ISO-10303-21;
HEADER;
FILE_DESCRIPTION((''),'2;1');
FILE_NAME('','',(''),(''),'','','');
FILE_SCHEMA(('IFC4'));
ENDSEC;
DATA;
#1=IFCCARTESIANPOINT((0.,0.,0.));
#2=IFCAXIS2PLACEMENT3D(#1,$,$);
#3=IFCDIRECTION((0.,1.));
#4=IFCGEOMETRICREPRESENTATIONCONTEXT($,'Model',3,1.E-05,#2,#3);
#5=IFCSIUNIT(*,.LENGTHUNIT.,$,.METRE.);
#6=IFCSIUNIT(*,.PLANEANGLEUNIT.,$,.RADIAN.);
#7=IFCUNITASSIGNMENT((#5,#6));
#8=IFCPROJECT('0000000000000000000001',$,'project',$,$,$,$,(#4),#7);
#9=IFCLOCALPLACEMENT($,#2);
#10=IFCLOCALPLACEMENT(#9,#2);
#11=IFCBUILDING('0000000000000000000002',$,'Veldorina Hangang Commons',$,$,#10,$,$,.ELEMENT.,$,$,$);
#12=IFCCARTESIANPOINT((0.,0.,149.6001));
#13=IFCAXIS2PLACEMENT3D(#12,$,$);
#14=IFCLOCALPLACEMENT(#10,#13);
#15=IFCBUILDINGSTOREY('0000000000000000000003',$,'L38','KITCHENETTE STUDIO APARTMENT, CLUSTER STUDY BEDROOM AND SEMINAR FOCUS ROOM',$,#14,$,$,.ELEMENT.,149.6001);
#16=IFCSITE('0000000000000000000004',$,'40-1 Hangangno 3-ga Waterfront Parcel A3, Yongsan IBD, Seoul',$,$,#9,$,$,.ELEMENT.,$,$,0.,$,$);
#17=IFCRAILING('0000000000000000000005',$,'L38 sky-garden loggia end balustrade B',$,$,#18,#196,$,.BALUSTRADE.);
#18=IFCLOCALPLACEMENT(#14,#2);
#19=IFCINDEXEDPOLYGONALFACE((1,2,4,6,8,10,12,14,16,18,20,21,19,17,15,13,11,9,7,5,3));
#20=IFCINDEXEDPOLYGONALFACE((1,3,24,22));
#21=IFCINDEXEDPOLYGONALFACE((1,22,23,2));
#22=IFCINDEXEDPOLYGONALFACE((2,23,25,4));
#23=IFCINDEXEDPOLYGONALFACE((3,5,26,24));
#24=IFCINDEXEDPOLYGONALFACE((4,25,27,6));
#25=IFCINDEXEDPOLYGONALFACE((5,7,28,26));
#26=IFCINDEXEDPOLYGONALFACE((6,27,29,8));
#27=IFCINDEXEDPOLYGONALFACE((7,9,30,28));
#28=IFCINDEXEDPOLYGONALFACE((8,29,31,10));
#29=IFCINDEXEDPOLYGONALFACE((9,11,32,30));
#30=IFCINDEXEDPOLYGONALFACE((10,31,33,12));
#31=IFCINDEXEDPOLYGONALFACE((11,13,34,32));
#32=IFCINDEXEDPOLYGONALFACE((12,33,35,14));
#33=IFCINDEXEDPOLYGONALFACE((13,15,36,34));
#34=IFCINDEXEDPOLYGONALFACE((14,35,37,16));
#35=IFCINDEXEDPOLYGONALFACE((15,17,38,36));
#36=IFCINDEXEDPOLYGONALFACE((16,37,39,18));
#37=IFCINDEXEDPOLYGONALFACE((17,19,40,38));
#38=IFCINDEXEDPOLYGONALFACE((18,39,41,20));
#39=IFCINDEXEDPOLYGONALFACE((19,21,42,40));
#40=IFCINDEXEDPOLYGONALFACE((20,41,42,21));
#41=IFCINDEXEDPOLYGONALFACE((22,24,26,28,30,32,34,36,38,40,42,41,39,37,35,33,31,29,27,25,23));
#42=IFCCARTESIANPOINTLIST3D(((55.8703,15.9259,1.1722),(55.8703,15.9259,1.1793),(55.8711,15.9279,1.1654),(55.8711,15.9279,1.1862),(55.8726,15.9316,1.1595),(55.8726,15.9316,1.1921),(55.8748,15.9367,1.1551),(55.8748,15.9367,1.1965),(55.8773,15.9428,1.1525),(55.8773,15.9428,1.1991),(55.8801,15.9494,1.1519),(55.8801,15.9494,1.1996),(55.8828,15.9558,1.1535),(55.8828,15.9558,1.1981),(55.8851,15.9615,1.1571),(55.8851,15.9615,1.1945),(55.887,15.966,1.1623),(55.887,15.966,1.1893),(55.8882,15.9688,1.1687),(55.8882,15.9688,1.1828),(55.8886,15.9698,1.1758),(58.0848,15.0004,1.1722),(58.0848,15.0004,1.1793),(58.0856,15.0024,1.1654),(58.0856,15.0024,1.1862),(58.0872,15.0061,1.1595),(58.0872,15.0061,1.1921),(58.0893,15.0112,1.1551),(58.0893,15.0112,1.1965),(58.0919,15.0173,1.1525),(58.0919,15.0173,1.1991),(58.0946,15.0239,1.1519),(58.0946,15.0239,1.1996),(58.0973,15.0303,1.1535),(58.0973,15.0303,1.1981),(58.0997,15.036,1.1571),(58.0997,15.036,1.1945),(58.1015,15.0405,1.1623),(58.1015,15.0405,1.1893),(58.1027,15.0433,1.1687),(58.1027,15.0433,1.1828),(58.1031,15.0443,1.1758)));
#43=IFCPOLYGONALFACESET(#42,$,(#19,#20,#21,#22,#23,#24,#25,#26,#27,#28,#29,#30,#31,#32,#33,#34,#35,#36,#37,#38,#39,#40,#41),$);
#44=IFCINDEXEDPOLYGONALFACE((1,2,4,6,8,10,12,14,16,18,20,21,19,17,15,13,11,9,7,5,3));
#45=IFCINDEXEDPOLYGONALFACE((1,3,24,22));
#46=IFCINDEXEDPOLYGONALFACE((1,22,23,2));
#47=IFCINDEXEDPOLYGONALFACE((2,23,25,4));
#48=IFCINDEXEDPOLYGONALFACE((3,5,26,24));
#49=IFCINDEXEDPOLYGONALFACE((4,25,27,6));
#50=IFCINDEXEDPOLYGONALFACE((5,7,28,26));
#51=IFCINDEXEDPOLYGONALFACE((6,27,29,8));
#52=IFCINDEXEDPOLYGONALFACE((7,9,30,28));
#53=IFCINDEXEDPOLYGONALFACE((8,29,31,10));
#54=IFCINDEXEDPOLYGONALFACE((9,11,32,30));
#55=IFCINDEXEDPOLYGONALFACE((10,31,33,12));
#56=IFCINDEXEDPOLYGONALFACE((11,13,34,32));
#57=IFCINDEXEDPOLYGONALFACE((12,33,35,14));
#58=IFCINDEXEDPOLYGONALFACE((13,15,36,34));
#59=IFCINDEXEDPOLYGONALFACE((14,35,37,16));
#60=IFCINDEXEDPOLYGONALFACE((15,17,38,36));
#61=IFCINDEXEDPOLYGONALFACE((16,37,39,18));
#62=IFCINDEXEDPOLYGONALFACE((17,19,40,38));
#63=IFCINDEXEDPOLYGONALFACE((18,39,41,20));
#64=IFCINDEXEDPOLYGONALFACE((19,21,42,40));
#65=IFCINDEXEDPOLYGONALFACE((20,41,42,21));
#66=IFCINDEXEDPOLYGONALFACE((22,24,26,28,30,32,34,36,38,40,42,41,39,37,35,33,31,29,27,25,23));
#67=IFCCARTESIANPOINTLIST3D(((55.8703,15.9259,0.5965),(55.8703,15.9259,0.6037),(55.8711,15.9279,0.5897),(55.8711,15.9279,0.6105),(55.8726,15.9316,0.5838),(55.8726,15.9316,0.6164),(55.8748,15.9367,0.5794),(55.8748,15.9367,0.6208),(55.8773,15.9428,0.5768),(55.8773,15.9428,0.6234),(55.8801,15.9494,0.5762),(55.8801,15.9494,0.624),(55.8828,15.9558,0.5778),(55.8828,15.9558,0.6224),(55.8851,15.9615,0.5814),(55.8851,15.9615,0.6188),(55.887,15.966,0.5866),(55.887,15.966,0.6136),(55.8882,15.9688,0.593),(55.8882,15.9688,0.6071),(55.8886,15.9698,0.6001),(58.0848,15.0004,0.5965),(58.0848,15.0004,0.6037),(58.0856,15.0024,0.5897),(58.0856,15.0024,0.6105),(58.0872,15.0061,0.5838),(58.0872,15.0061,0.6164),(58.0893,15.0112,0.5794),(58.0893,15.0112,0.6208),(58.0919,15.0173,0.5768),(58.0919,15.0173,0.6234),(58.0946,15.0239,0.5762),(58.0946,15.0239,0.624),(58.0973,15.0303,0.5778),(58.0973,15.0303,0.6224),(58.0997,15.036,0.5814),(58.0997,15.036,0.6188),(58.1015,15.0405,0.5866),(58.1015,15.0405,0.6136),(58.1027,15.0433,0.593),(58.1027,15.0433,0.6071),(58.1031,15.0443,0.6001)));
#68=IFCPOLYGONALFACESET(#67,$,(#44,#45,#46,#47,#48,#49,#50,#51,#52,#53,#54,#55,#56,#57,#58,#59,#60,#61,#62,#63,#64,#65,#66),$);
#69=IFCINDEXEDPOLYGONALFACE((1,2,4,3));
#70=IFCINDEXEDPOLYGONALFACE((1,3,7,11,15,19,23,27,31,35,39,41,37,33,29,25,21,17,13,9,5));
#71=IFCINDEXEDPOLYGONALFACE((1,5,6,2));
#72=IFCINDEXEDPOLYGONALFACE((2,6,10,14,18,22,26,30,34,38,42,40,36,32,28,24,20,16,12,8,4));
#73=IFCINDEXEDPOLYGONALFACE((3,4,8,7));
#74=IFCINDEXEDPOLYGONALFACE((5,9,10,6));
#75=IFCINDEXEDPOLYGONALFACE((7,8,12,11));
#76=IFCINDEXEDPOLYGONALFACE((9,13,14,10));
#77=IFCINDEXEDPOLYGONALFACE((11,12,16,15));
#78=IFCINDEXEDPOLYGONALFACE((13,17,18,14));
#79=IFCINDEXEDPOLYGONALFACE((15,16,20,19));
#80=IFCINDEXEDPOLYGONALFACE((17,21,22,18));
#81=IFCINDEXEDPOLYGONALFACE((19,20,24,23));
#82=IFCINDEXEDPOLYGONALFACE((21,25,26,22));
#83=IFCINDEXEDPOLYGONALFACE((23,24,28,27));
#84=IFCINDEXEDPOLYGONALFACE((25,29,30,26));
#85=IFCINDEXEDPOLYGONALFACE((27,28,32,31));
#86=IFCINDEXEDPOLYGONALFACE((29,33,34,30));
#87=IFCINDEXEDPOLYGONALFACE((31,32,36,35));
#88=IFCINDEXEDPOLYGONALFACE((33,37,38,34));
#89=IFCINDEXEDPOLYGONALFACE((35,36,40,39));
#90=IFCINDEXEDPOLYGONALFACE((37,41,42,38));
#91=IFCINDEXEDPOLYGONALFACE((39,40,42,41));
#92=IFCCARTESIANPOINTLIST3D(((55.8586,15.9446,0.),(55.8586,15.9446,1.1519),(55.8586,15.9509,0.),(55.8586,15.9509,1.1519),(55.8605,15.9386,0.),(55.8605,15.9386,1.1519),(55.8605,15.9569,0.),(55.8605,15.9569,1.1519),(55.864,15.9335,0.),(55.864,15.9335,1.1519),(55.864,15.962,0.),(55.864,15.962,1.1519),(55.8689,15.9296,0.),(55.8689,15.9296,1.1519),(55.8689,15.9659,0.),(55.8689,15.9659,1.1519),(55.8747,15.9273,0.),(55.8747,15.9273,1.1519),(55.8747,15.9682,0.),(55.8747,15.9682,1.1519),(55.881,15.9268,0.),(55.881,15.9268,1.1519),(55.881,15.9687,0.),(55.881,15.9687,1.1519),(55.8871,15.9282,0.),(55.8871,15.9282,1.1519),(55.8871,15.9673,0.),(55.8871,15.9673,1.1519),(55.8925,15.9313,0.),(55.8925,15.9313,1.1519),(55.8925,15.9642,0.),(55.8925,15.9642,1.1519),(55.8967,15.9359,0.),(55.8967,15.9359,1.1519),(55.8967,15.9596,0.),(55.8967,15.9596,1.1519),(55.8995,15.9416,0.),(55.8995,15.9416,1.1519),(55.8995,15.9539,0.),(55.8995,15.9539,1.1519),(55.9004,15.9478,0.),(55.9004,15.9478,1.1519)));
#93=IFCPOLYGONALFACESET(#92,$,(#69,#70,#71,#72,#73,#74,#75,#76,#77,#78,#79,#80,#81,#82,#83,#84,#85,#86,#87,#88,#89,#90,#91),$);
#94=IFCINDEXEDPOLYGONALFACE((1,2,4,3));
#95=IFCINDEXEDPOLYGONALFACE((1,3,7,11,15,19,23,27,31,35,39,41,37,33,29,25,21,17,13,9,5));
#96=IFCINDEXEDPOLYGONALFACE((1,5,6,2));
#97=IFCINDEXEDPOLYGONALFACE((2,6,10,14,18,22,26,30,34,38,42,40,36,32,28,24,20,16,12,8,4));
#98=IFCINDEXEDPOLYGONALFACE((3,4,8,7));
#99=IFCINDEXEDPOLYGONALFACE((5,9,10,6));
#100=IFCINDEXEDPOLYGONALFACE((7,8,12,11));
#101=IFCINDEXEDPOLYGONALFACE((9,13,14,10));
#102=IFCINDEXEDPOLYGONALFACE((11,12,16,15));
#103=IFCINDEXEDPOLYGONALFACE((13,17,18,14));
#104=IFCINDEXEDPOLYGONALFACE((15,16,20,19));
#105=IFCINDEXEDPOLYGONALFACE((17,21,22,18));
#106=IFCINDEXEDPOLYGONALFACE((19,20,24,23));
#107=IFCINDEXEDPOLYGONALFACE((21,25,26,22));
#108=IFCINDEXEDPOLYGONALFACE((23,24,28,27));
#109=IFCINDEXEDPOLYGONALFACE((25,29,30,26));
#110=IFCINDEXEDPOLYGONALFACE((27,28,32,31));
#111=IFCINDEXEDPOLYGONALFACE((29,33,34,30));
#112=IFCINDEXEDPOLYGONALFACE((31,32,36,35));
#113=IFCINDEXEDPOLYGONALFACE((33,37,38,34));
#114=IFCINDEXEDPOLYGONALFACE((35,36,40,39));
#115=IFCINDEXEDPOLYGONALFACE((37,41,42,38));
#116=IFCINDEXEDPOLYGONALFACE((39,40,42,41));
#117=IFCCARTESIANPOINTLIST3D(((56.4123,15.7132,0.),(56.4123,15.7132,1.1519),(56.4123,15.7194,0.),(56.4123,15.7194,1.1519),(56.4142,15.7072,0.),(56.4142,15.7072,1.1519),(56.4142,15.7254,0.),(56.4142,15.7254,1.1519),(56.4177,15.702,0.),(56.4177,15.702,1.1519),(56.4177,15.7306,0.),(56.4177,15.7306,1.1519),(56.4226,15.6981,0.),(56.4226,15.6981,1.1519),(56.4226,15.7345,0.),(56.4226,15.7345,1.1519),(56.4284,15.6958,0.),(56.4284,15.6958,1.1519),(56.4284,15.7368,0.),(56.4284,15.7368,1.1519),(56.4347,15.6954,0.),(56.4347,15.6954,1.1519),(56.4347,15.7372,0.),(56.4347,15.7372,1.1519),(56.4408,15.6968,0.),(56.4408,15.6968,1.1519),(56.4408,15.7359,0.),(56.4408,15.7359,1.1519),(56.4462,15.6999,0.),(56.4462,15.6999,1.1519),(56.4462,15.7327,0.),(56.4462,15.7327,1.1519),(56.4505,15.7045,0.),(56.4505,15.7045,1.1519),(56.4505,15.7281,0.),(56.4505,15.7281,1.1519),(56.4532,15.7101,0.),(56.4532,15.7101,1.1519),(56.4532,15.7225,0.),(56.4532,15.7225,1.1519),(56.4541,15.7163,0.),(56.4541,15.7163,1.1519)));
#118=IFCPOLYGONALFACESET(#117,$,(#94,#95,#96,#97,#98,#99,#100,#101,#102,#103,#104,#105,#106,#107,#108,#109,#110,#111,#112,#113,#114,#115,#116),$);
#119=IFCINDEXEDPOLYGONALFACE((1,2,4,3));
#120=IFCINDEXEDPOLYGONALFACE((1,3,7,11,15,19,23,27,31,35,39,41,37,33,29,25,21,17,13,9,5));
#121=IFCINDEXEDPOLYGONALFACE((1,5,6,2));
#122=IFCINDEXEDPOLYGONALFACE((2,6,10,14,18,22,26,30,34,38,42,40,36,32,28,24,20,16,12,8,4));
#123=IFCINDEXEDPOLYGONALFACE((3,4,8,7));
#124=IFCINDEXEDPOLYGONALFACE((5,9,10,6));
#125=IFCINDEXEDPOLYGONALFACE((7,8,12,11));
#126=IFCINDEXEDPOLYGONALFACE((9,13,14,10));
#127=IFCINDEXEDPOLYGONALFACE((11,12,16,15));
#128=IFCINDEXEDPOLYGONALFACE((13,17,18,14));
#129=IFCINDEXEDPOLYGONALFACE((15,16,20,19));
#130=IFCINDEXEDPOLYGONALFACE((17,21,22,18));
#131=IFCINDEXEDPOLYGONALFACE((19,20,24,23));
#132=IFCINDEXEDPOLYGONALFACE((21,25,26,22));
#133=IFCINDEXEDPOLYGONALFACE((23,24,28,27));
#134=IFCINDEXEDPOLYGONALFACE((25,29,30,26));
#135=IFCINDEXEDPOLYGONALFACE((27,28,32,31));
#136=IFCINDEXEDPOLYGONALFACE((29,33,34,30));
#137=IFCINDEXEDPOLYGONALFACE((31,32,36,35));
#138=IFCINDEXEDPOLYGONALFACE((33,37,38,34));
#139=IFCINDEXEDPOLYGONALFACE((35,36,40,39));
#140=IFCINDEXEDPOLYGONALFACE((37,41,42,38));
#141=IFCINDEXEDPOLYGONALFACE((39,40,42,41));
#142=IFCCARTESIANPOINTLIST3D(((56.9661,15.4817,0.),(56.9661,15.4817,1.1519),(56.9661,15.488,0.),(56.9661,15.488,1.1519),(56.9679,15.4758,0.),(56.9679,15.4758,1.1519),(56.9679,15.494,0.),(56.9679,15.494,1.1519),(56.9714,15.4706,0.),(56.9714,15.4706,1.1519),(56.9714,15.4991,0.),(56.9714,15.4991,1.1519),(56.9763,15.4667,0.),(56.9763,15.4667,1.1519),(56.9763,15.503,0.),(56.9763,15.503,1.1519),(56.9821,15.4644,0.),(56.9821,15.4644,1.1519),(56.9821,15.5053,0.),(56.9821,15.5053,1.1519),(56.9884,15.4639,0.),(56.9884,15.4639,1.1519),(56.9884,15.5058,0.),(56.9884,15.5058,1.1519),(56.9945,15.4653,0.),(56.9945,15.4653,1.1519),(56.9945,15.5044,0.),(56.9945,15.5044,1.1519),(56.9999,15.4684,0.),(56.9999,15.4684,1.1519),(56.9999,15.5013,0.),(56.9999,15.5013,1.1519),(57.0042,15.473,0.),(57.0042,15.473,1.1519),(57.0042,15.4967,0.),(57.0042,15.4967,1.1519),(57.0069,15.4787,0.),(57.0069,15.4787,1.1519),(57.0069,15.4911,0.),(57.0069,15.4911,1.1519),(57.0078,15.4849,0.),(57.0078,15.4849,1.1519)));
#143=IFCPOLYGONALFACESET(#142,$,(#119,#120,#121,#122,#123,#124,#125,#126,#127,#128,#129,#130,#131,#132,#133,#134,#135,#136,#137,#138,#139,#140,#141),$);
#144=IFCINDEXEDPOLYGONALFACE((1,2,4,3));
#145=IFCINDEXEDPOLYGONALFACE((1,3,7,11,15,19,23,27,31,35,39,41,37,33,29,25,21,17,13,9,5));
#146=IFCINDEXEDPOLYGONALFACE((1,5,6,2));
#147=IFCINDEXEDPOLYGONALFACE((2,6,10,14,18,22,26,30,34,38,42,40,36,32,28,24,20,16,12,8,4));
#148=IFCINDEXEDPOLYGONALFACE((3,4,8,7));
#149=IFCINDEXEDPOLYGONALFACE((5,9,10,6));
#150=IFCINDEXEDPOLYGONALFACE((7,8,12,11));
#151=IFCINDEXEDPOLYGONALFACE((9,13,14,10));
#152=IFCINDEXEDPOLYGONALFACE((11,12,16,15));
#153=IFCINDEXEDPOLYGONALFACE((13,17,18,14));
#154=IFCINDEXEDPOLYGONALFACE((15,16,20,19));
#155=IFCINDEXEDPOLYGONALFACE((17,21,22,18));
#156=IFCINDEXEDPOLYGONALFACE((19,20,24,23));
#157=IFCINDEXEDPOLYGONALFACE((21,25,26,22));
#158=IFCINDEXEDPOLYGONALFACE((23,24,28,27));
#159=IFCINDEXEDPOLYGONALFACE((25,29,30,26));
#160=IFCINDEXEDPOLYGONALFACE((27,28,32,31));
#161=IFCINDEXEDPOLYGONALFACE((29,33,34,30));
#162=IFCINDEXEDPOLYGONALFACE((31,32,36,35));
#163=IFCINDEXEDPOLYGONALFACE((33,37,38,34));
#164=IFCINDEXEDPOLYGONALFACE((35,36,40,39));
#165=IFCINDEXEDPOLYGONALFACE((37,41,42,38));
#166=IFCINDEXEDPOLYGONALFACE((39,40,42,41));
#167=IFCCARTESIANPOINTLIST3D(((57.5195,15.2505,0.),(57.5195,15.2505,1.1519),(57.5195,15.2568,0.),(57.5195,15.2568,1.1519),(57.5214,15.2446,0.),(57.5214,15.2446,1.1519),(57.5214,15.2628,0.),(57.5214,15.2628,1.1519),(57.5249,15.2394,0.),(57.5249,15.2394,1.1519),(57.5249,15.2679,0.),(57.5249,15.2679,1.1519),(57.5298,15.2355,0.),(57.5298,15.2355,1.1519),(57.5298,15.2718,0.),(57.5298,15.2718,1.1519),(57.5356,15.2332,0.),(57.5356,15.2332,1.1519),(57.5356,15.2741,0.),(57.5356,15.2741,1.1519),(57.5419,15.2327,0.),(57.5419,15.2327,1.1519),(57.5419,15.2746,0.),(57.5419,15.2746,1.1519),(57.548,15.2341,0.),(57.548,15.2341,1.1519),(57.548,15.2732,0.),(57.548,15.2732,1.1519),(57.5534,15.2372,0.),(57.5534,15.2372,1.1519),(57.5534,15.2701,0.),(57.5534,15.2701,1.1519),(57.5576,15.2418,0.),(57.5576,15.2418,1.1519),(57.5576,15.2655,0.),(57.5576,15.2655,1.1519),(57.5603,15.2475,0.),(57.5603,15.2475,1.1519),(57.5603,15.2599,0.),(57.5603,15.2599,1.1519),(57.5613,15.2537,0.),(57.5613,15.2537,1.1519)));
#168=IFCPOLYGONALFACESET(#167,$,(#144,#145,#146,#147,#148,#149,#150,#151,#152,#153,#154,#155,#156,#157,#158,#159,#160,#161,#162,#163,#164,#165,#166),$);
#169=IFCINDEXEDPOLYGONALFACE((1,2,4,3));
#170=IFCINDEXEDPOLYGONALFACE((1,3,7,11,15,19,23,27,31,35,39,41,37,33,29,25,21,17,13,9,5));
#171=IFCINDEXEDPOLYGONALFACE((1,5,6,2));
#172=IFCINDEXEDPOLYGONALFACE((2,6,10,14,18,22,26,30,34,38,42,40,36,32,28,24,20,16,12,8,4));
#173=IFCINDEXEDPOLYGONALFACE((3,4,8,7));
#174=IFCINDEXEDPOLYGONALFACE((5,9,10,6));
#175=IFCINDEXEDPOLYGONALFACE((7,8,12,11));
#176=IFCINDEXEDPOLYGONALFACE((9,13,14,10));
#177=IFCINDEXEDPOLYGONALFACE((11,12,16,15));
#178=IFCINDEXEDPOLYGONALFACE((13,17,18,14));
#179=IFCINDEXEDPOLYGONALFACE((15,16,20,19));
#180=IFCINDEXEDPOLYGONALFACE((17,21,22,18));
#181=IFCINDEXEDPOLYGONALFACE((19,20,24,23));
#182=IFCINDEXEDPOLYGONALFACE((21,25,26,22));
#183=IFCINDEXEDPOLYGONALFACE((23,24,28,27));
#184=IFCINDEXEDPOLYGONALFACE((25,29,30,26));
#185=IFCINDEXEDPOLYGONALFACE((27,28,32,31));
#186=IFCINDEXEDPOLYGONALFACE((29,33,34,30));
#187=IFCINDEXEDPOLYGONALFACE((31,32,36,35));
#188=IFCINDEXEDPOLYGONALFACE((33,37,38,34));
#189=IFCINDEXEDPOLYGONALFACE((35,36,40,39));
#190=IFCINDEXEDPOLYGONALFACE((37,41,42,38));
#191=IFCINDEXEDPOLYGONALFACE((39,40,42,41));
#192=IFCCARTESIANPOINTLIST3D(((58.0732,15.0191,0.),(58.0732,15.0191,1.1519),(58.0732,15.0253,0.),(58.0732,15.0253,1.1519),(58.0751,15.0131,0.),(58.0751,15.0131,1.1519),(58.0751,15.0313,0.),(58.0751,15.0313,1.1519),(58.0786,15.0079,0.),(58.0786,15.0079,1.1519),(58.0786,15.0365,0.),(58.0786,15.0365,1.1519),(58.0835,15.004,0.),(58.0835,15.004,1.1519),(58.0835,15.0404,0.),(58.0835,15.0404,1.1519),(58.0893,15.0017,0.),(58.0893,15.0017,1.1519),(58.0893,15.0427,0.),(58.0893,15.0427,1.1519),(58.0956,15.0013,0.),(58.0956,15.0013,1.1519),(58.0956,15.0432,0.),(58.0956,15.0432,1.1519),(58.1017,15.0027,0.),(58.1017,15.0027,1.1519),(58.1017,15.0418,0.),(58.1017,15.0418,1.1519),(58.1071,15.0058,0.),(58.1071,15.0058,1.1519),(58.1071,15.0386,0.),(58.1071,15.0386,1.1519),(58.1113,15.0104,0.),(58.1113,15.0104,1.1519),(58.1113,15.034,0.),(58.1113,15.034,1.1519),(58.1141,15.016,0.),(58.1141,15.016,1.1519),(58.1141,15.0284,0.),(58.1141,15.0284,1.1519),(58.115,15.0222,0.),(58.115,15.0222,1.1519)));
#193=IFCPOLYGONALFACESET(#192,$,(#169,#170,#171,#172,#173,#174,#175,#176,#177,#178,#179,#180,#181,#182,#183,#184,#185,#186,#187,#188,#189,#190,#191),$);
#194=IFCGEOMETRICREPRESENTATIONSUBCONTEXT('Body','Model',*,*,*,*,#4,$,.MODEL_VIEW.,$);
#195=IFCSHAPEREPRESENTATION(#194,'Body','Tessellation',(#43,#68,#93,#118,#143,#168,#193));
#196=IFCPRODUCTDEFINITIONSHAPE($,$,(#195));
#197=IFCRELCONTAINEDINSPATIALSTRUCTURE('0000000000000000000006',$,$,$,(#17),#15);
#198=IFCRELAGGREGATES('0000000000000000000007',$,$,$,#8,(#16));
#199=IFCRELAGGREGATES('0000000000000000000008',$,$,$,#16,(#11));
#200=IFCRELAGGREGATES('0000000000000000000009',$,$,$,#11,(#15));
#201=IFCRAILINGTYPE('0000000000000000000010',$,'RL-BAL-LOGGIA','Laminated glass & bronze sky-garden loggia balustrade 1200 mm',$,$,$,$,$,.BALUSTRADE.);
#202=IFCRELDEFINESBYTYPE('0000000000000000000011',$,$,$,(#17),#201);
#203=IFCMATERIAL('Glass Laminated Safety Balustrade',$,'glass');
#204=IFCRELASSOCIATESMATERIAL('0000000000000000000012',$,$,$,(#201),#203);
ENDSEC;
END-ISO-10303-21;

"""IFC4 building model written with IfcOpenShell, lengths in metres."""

from ifc_helpers import new_model, si_unit, direction, frame, origin, origin_2d, place, context, subcontext, project, spatial, circle, extrude, material, type_object, element, save


model = new_model("IFC4")

# Units and contexts
model_context = context("Model", 3, precision=1e-05, world=origin(), true_north=direction((0.0, 1.0)))
body_context = subcontext(model_context, "Body", "Model", "MODEL_VIEW")
ifc_project = project(units=[si_unit("LENGTHUNIT", "METRE"), si_unit("PLANEANGLEUNIT", "RADIAN")], contexts=[model_context])

# Site, building, storey
site_placement = place(None, origin())
site = spatial("IfcSite", under=ifc_project, at=site_placement, Name="40-1 Hangangno 3-ga Waterfront Parcel A3, Yongsan IBD, Seoul", CompositionType="ELEMENT", RefElevation=0.0)
building_placement = place(site_placement, origin())
building = spatial("IfcBuilding", under=site, at=building_placement, Name="Veldorina Hangang Commons", CompositionType="ELEMENT")
storey_placement = place(building_placement, frame((0.0, 0.0, 149.6001)))
storey = spatial("IfcBuildingStorey", under=building, at=storey_placement, Name="L38", Description="KITCHENETTE STUDIO APARTMENT, CLUSTER STUDY BEDROOM AND SEMINAR FOCUS ROOM", CompositionType="ELEMENT", Elevation=149.6001)

# Railing
ifc_material_1 = material(Name="Glass Laminated Safety Balustrade", Category="glass")
railing_type = type_object("IfcRailingType", Name="RL-BAL-LOGGIA", Description="Laminated glass & bronze sky-garden loggia balustrade 1200 mm", PredefinedType="BALUSTRADE", material=ifc_material_1)
railing_1_placement = place(storey_placement, frame((55.8794, 15.9478, 0.0)))
element("IfcRailing", 1, at=railing_1_placement, inside=storey, type_object=railing_type, Name="L38 sky-garden loggia end balustrade B", PredefinedType="BALUSTRADE", context=body_context, shape_type="SweptSolid", body=[
    extrude(circle(Radius=0.0239, at=origin_2d()), frame((0.0, 0.0, 1.1758), z_axis=(0.922664, -0.385605, 0.0), x_axis=(0.385605, 0.922664, 0.0)), (0.0, 0.0, 1.0), 2.4001),
    extrude(circle(Radius=0.0239, at=origin_2d()), frame((0.0, 0.0, 0.6001), z_axis=(0.922664, -0.385605, 0.0), x_axis=(0.385605, 0.922664, 0.0)), (0.0, 0.0, 1.0), 2.4001),
    extrude(circle(Radius=0.021, at=origin_2d()), origin(), (0.0, 0.0, 1.0), 1.1519),
    extrude(circle(Radius=0.021, at=origin_2d()), frame((0.5537, -0.2314, 0.0)), (0.0, 0.0, 1.0), 1.1519),
    extrude(circle(Radius=0.021, at=origin_2d()), frame((1.1074, -0.4629, 0.0)), (0.0, 0.0, 1.0), 1.1519),
    extrude(circle(Radius=0.021, at=origin_2d()), frame((1.6609, -0.6941, 0.0)), (0.0, 0.0, 1.0), 1.1519),
    extrude(circle(Radius=0.021, at=origin_2d()), frame((2.2146, -0.9255, 0.0)), (0.0, 0.0, 1.0), 1.1519),
])

save(model, "model.ifc")
